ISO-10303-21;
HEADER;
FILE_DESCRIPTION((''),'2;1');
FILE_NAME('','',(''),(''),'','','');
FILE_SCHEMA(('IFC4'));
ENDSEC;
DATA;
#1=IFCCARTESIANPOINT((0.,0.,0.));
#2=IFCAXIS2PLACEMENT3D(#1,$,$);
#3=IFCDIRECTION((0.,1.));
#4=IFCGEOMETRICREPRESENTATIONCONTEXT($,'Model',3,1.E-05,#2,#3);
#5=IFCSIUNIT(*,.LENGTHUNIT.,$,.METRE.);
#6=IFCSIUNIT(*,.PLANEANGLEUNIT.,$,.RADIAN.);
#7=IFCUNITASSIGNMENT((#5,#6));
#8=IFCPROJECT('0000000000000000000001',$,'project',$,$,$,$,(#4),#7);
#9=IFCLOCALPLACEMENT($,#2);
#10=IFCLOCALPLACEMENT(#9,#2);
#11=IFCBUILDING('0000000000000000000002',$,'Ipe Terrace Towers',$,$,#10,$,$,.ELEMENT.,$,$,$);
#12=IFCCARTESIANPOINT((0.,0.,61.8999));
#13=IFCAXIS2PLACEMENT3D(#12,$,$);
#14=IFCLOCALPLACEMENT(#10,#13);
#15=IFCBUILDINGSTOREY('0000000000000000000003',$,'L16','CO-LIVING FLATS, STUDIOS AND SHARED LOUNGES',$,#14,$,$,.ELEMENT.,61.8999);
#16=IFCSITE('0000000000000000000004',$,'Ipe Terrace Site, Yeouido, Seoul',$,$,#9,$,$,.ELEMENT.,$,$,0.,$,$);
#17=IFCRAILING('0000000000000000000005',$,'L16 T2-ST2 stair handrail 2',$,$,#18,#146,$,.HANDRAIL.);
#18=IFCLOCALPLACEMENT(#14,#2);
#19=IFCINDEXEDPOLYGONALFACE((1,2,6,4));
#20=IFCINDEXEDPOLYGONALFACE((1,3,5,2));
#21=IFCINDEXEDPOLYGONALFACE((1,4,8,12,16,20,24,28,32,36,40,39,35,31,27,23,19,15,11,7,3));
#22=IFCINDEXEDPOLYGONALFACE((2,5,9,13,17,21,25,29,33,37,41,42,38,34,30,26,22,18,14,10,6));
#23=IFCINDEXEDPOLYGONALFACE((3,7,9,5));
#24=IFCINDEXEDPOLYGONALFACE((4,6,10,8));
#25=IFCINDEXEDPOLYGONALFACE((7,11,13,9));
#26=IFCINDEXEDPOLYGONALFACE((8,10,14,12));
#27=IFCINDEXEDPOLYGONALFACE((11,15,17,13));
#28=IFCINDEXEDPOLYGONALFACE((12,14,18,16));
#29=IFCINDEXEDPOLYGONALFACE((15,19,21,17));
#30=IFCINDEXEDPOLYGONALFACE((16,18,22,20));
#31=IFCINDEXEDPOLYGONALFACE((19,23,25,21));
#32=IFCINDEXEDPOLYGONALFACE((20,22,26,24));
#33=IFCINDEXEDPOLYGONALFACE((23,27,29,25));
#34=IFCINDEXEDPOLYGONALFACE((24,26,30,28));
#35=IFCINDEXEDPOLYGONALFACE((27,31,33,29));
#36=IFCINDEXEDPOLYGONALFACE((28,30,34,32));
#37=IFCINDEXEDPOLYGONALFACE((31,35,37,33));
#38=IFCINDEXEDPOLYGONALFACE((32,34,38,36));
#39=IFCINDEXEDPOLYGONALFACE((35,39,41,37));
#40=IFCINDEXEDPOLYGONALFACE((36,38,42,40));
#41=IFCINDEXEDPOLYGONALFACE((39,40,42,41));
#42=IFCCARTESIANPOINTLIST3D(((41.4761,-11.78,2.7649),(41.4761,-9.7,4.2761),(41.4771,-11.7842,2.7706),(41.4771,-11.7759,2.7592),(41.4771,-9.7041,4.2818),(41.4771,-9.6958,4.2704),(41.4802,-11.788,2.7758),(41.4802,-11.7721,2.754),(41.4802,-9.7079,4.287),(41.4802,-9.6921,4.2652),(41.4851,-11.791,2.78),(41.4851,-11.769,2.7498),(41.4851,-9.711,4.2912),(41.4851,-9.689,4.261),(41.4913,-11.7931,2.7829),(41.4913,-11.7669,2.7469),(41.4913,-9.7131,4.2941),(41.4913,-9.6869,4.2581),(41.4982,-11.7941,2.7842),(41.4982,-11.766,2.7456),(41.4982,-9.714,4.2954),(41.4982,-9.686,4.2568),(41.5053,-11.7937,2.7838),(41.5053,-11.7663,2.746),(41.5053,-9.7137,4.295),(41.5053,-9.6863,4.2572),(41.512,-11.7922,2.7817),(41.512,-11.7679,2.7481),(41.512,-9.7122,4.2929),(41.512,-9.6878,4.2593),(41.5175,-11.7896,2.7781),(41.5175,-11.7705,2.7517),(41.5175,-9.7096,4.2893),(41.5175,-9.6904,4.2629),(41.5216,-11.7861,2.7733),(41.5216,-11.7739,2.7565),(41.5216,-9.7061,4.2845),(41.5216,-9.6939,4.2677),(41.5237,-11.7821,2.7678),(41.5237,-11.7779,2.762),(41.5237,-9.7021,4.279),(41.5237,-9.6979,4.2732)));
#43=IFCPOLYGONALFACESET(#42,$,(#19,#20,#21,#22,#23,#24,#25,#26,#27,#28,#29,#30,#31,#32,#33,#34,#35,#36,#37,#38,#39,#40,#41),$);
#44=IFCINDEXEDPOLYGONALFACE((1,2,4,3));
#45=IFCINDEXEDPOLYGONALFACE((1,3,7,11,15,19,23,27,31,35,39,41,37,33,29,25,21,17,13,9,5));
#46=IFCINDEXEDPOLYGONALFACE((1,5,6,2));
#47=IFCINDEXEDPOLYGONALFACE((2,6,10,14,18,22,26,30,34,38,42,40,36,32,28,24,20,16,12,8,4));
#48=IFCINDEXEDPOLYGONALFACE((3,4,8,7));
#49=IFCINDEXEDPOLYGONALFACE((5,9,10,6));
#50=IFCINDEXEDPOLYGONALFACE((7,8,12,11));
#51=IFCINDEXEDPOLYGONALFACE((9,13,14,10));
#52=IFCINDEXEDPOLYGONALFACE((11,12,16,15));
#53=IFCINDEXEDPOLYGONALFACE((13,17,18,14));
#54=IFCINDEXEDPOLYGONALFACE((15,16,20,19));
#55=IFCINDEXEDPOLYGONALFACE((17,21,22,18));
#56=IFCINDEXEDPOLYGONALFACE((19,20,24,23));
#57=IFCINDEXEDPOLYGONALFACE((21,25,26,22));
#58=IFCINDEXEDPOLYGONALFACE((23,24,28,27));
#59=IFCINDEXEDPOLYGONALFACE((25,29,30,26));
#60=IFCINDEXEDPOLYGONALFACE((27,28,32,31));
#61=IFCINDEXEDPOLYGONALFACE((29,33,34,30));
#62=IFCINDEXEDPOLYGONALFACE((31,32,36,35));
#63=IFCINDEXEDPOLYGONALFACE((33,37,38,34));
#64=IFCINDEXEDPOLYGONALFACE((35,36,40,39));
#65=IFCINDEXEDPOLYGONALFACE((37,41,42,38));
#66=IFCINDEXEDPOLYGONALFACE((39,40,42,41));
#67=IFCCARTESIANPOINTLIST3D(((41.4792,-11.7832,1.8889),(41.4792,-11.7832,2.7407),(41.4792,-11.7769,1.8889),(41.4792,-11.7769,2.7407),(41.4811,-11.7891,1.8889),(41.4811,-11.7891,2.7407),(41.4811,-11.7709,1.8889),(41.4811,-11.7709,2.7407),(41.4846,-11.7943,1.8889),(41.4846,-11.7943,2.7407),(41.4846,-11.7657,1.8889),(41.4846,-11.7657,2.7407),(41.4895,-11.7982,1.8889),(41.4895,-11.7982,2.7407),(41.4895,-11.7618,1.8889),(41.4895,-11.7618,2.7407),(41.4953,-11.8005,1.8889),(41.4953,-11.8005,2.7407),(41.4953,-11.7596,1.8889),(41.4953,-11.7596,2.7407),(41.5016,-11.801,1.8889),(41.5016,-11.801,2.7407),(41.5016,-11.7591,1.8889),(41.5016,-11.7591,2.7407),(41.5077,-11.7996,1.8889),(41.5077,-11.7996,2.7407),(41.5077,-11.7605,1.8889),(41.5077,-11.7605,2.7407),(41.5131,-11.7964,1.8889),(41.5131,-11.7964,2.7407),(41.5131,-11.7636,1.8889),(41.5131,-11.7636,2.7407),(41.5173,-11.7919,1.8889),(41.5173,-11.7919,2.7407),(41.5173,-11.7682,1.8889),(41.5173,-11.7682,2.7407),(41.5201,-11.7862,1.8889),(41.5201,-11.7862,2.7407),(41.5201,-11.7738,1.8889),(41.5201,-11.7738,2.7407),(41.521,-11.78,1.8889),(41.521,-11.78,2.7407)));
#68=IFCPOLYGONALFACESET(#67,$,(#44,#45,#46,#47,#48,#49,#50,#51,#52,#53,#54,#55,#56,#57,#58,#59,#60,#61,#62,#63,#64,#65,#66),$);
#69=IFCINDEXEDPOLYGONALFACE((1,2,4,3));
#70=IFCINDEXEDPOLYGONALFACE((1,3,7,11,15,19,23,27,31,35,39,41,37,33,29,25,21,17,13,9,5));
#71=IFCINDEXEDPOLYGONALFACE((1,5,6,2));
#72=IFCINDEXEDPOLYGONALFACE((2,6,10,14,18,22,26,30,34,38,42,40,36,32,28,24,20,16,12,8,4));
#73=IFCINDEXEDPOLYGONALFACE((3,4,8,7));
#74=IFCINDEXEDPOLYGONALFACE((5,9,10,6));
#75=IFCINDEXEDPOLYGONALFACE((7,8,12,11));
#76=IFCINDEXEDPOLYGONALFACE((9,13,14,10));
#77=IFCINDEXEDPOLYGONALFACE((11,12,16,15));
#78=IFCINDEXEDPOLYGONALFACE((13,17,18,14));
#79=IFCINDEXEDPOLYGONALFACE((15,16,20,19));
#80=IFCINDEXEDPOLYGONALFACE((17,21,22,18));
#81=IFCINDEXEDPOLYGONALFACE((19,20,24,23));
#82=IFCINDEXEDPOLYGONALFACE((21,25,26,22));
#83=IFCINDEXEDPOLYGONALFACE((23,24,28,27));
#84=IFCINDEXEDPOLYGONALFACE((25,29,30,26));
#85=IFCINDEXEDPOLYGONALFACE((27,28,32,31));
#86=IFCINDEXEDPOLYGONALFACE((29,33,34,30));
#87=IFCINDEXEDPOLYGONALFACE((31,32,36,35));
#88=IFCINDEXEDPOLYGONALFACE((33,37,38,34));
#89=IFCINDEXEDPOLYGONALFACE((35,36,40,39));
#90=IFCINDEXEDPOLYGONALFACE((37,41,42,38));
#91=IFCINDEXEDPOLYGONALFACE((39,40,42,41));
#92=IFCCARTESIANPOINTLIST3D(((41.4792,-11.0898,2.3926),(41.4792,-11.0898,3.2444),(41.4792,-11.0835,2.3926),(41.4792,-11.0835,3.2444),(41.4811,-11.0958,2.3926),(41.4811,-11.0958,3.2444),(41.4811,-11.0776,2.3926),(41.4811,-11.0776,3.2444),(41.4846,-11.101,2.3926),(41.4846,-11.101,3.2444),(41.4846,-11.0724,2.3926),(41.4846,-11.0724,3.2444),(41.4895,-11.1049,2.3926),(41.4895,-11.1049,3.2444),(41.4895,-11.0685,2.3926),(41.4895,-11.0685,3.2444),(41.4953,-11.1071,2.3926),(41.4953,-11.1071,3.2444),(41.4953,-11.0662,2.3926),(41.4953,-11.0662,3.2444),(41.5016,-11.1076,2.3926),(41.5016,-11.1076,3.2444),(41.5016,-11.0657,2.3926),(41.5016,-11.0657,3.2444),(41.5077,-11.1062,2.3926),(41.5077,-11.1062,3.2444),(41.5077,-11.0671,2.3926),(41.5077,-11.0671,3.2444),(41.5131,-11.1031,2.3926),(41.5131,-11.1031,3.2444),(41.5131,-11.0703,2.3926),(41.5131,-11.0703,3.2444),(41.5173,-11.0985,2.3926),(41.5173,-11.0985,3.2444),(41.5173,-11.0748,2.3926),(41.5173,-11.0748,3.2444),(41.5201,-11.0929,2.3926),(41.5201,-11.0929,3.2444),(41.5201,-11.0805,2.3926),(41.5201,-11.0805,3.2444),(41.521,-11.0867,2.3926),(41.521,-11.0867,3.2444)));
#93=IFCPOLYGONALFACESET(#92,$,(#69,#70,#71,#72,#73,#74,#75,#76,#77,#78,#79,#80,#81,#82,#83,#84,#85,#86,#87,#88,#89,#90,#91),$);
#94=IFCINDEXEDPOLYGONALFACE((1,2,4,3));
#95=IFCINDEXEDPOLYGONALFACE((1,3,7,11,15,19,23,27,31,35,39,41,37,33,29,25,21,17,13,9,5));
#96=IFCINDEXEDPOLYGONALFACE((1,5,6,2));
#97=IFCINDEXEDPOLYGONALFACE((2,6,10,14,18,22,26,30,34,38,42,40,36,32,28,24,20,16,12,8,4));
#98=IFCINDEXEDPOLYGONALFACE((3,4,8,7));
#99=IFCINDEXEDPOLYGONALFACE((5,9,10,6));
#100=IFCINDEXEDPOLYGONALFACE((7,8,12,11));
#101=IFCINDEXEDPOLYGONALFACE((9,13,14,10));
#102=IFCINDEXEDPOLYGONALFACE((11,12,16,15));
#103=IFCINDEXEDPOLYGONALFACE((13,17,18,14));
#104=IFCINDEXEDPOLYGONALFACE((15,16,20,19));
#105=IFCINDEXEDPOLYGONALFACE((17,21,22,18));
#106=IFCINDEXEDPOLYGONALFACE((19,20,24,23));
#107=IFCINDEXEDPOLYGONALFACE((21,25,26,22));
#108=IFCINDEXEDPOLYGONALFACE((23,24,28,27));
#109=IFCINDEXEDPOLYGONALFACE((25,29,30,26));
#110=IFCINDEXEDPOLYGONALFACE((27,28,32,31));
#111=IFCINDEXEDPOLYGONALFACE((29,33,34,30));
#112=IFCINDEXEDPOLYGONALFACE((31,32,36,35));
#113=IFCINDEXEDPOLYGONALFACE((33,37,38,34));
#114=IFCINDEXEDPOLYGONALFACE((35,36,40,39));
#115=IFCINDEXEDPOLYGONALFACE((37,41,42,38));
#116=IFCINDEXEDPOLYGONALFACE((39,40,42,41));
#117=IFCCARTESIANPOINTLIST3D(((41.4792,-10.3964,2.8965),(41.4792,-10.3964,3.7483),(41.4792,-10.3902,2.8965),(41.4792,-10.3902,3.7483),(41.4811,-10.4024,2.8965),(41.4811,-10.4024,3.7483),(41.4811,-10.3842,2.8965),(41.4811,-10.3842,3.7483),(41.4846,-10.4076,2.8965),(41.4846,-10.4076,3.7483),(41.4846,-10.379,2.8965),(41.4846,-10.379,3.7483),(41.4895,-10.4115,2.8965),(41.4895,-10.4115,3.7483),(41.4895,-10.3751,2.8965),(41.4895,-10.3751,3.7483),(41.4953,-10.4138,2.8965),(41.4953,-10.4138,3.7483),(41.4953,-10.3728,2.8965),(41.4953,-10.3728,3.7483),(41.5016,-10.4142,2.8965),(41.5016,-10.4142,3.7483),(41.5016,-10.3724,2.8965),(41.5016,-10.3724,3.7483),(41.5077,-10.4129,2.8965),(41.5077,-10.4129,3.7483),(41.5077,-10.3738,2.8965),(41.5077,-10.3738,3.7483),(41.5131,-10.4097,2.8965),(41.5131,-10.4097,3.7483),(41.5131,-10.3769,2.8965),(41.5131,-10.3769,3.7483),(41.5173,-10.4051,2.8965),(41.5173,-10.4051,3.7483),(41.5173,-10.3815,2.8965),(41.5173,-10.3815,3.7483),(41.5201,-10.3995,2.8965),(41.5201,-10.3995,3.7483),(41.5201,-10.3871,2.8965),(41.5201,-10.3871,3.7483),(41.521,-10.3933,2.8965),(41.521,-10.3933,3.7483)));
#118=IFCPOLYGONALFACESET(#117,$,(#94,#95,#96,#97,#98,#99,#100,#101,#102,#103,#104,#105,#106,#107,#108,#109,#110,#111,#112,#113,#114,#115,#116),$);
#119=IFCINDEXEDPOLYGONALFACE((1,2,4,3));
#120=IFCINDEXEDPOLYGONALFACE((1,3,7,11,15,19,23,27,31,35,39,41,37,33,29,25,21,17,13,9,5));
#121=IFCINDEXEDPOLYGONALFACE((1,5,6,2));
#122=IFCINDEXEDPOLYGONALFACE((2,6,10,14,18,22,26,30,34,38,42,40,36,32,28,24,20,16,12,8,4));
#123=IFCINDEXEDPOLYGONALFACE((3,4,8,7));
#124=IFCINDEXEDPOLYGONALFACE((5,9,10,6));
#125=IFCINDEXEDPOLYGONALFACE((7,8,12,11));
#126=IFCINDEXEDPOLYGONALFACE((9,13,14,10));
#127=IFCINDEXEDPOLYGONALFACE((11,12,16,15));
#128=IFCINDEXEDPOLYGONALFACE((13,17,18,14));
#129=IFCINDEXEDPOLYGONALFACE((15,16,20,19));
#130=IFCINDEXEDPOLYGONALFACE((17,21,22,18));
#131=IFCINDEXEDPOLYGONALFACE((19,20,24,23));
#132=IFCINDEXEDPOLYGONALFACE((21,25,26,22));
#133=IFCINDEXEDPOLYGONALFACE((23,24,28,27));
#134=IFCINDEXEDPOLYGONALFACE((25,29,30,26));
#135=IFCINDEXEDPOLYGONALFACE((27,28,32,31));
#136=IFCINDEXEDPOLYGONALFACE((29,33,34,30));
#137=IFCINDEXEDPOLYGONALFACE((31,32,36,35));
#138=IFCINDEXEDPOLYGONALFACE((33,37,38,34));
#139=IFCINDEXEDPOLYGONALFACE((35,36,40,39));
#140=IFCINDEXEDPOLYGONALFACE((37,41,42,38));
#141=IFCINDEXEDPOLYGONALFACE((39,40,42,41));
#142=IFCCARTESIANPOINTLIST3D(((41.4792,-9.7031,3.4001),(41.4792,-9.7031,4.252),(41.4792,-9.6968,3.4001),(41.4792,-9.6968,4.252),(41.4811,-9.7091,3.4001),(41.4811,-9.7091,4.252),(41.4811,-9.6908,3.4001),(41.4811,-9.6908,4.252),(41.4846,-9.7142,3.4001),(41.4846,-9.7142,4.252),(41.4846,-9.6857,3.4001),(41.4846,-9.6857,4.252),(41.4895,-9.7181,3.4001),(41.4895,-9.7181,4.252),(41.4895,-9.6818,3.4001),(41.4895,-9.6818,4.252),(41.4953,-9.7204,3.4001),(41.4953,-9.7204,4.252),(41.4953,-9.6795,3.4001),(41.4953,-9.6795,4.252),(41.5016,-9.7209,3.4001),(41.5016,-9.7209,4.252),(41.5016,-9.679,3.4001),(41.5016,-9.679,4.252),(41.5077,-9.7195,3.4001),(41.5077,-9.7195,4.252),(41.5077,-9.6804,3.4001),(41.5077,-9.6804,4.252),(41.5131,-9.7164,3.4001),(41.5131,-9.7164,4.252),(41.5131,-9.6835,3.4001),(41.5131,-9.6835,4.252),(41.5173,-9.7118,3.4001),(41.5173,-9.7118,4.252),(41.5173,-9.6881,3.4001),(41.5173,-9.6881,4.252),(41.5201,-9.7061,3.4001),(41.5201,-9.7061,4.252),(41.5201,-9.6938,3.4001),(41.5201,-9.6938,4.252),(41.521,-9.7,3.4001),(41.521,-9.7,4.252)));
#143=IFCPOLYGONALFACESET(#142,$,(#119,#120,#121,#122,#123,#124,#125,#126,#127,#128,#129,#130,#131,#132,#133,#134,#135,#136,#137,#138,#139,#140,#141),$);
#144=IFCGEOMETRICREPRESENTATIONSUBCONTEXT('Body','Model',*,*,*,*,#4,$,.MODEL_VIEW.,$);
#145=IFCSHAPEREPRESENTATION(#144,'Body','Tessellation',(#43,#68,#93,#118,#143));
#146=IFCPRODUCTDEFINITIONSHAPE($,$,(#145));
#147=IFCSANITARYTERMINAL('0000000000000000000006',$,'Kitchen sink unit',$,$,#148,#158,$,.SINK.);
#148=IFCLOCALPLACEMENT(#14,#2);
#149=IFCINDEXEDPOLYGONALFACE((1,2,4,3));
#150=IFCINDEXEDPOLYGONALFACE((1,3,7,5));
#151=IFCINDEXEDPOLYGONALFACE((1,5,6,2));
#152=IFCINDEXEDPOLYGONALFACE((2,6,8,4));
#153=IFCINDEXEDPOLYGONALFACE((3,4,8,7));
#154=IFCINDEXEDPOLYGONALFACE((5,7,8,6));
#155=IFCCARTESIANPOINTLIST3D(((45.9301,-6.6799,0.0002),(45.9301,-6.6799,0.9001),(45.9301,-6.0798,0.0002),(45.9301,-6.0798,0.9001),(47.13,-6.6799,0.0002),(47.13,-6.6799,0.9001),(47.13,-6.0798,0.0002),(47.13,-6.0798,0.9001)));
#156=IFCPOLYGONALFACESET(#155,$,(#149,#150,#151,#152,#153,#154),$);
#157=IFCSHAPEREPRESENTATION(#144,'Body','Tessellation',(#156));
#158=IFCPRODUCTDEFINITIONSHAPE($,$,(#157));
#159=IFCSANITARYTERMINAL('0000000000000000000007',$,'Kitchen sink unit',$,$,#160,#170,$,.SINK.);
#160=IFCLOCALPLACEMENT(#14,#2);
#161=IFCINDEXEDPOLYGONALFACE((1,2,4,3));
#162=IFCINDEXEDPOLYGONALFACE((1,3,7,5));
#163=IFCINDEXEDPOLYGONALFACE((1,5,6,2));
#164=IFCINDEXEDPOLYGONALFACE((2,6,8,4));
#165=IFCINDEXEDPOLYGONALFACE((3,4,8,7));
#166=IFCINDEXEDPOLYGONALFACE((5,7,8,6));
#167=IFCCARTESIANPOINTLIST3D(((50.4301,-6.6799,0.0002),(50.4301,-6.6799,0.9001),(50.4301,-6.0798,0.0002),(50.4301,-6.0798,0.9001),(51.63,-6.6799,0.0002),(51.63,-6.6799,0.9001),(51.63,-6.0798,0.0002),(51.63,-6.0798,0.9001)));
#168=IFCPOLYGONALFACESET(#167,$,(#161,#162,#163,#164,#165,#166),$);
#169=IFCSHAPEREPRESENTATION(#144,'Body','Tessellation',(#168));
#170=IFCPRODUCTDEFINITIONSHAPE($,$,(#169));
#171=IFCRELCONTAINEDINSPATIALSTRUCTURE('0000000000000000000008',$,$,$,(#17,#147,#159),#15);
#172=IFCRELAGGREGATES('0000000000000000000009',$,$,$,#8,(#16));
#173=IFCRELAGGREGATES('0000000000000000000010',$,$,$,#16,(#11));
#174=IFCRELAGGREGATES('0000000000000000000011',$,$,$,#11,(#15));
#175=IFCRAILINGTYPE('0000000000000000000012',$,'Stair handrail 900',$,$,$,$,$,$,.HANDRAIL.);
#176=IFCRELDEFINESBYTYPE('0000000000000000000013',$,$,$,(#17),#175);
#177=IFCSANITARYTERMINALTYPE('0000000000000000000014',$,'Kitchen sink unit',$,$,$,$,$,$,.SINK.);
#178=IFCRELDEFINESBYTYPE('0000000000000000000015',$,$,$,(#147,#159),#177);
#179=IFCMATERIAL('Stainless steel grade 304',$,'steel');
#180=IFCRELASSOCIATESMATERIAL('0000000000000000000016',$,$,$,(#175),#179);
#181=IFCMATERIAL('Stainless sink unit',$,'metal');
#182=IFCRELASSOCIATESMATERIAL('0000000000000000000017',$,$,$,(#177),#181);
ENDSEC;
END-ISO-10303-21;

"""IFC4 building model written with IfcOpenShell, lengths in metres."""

from ifc_helpers import new_model, si_unit, direction, frame, origin, origin_2d, place, context, subcontext, project, spatial, rectangle, circle, extrude, material, type_object, element, save


model = new_model("IFC4")

# Units and contexts
model_context = context("Model", 3, precision=1e-05, world=origin(), true_north=direction((0.0, 1.0)))
body_context = subcontext(model_context, "Body", "Model", "MODEL_VIEW")
ifc_project = project(units=[si_unit("LENGTHUNIT", "METRE"), si_unit("PLANEANGLEUNIT", "RADIAN")], contexts=[model_context])

# Site, building, storey
site_placement = place(None, origin())
site = spatial("IfcSite", under=ifc_project, at=site_placement, Name="Ipe Terrace Site, Yeouido, Seoul", CompositionType="ELEMENT", RefElevation=0.0)
building_placement = place(site_placement, origin())
building = spatial("IfcBuilding", under=site, at=building_placement, Name="Ipe Terrace Towers", CompositionType="ELEMENT")
storey_placement = place(building_placement, frame((0.0, 0.0, 61.8999)))
storey = spatial("IfcBuildingStorey", under=building, at=storey_placement, Name="L16", Description="CO-LIVING FLATS, STUDIOS AND SHARED LOUNGES", CompositionType="ELEMENT", Elevation=61.8999)

# Railing
ifc_material_1 = material(Name="Stainless steel grade 304", Category="steel")
railing_type_1 = type_object("IfcRailingType", Name="Stair handrail 900", PredefinedType="HANDRAIL", material=ifc_material_1)
railing_1_placement = place(storey_placement, frame((41.5, -11.78, 1.8889)))
element("IfcRailing", 1, at=railing_1_placement, inside=storey, type_object=railing_type_1, Name="L16 T2-ST2 stair handrail 2", PredefinedType="HANDRAIL", context=body_context, shape_type="SweptSolid", body=[
    extrude(circle(Radius=0.0239, at=origin_2d()), frame((0.0, 0.0, 0.876), z_axis=(0.0, 0.809023, 0.587776), x_axis=(-1.0, 0.0, 0.0)), (0.0, 0.0, 1.0), 2.571),
    extrude(circle(Radius=0.021, at=origin_2d()), origin(), (0.0, 0.0, 1.0), 0.8518),
    extrude(circle(Radius=0.021, at=origin_2d()), frame((0.0, 0.6934, 0.5037)), (0.0, 0.0, 1.0), 0.8518),
    extrude(circle(Radius=0.021, at=origin_2d()), frame((0.0, 1.3867, 1.0076)), (0.0, 0.0, 1.0), 0.8518),
    extrude(circle(Radius=0.021, at=origin_2d()), frame((0.0, 2.0801, 1.5112)), (0.0, 0.0, 1.0), 0.8518),
])

# Sanitary terminals
ifc_material_2 = material(Name="Stainless sink unit", Category="metal")
sanitary_terminal_type = type_object("IfcSanitaryTerminalType", Name="Kitchen sink unit", PredefinedType="SINK", material=ifc_material_2)
for number, where, z_axis, x_axis, name in (
    (2, (46.53, -6.3799, 0.0002), (0.0, 0.0, 1.0), (-1.0, 0.0, 0.0), "Kitchen sink unit"),
    (3, (51.03, -6.3799, 0.0002), (0.0, 0.0, 1.0), (-1.0, 0.0, 0.0), "Kitchen sink unit"),
):
    element("IfcSanitaryTerminal", number, at=place(storey_placement, frame(where, z_axis=z_axis, x_axis=x_axis)), inside=storey, type_object=sanitary_terminal_type, Name=name, PredefinedType="SINK", context=body_context, shape_type="SweptSolid", body=[
        extrude(rectangle(XDim=1.2, YDim=0.6001, at=origin_2d()), origin(), (0.0, 0.0, 1.0), 0.8999),
    ])

save(model, "model.ifc")
